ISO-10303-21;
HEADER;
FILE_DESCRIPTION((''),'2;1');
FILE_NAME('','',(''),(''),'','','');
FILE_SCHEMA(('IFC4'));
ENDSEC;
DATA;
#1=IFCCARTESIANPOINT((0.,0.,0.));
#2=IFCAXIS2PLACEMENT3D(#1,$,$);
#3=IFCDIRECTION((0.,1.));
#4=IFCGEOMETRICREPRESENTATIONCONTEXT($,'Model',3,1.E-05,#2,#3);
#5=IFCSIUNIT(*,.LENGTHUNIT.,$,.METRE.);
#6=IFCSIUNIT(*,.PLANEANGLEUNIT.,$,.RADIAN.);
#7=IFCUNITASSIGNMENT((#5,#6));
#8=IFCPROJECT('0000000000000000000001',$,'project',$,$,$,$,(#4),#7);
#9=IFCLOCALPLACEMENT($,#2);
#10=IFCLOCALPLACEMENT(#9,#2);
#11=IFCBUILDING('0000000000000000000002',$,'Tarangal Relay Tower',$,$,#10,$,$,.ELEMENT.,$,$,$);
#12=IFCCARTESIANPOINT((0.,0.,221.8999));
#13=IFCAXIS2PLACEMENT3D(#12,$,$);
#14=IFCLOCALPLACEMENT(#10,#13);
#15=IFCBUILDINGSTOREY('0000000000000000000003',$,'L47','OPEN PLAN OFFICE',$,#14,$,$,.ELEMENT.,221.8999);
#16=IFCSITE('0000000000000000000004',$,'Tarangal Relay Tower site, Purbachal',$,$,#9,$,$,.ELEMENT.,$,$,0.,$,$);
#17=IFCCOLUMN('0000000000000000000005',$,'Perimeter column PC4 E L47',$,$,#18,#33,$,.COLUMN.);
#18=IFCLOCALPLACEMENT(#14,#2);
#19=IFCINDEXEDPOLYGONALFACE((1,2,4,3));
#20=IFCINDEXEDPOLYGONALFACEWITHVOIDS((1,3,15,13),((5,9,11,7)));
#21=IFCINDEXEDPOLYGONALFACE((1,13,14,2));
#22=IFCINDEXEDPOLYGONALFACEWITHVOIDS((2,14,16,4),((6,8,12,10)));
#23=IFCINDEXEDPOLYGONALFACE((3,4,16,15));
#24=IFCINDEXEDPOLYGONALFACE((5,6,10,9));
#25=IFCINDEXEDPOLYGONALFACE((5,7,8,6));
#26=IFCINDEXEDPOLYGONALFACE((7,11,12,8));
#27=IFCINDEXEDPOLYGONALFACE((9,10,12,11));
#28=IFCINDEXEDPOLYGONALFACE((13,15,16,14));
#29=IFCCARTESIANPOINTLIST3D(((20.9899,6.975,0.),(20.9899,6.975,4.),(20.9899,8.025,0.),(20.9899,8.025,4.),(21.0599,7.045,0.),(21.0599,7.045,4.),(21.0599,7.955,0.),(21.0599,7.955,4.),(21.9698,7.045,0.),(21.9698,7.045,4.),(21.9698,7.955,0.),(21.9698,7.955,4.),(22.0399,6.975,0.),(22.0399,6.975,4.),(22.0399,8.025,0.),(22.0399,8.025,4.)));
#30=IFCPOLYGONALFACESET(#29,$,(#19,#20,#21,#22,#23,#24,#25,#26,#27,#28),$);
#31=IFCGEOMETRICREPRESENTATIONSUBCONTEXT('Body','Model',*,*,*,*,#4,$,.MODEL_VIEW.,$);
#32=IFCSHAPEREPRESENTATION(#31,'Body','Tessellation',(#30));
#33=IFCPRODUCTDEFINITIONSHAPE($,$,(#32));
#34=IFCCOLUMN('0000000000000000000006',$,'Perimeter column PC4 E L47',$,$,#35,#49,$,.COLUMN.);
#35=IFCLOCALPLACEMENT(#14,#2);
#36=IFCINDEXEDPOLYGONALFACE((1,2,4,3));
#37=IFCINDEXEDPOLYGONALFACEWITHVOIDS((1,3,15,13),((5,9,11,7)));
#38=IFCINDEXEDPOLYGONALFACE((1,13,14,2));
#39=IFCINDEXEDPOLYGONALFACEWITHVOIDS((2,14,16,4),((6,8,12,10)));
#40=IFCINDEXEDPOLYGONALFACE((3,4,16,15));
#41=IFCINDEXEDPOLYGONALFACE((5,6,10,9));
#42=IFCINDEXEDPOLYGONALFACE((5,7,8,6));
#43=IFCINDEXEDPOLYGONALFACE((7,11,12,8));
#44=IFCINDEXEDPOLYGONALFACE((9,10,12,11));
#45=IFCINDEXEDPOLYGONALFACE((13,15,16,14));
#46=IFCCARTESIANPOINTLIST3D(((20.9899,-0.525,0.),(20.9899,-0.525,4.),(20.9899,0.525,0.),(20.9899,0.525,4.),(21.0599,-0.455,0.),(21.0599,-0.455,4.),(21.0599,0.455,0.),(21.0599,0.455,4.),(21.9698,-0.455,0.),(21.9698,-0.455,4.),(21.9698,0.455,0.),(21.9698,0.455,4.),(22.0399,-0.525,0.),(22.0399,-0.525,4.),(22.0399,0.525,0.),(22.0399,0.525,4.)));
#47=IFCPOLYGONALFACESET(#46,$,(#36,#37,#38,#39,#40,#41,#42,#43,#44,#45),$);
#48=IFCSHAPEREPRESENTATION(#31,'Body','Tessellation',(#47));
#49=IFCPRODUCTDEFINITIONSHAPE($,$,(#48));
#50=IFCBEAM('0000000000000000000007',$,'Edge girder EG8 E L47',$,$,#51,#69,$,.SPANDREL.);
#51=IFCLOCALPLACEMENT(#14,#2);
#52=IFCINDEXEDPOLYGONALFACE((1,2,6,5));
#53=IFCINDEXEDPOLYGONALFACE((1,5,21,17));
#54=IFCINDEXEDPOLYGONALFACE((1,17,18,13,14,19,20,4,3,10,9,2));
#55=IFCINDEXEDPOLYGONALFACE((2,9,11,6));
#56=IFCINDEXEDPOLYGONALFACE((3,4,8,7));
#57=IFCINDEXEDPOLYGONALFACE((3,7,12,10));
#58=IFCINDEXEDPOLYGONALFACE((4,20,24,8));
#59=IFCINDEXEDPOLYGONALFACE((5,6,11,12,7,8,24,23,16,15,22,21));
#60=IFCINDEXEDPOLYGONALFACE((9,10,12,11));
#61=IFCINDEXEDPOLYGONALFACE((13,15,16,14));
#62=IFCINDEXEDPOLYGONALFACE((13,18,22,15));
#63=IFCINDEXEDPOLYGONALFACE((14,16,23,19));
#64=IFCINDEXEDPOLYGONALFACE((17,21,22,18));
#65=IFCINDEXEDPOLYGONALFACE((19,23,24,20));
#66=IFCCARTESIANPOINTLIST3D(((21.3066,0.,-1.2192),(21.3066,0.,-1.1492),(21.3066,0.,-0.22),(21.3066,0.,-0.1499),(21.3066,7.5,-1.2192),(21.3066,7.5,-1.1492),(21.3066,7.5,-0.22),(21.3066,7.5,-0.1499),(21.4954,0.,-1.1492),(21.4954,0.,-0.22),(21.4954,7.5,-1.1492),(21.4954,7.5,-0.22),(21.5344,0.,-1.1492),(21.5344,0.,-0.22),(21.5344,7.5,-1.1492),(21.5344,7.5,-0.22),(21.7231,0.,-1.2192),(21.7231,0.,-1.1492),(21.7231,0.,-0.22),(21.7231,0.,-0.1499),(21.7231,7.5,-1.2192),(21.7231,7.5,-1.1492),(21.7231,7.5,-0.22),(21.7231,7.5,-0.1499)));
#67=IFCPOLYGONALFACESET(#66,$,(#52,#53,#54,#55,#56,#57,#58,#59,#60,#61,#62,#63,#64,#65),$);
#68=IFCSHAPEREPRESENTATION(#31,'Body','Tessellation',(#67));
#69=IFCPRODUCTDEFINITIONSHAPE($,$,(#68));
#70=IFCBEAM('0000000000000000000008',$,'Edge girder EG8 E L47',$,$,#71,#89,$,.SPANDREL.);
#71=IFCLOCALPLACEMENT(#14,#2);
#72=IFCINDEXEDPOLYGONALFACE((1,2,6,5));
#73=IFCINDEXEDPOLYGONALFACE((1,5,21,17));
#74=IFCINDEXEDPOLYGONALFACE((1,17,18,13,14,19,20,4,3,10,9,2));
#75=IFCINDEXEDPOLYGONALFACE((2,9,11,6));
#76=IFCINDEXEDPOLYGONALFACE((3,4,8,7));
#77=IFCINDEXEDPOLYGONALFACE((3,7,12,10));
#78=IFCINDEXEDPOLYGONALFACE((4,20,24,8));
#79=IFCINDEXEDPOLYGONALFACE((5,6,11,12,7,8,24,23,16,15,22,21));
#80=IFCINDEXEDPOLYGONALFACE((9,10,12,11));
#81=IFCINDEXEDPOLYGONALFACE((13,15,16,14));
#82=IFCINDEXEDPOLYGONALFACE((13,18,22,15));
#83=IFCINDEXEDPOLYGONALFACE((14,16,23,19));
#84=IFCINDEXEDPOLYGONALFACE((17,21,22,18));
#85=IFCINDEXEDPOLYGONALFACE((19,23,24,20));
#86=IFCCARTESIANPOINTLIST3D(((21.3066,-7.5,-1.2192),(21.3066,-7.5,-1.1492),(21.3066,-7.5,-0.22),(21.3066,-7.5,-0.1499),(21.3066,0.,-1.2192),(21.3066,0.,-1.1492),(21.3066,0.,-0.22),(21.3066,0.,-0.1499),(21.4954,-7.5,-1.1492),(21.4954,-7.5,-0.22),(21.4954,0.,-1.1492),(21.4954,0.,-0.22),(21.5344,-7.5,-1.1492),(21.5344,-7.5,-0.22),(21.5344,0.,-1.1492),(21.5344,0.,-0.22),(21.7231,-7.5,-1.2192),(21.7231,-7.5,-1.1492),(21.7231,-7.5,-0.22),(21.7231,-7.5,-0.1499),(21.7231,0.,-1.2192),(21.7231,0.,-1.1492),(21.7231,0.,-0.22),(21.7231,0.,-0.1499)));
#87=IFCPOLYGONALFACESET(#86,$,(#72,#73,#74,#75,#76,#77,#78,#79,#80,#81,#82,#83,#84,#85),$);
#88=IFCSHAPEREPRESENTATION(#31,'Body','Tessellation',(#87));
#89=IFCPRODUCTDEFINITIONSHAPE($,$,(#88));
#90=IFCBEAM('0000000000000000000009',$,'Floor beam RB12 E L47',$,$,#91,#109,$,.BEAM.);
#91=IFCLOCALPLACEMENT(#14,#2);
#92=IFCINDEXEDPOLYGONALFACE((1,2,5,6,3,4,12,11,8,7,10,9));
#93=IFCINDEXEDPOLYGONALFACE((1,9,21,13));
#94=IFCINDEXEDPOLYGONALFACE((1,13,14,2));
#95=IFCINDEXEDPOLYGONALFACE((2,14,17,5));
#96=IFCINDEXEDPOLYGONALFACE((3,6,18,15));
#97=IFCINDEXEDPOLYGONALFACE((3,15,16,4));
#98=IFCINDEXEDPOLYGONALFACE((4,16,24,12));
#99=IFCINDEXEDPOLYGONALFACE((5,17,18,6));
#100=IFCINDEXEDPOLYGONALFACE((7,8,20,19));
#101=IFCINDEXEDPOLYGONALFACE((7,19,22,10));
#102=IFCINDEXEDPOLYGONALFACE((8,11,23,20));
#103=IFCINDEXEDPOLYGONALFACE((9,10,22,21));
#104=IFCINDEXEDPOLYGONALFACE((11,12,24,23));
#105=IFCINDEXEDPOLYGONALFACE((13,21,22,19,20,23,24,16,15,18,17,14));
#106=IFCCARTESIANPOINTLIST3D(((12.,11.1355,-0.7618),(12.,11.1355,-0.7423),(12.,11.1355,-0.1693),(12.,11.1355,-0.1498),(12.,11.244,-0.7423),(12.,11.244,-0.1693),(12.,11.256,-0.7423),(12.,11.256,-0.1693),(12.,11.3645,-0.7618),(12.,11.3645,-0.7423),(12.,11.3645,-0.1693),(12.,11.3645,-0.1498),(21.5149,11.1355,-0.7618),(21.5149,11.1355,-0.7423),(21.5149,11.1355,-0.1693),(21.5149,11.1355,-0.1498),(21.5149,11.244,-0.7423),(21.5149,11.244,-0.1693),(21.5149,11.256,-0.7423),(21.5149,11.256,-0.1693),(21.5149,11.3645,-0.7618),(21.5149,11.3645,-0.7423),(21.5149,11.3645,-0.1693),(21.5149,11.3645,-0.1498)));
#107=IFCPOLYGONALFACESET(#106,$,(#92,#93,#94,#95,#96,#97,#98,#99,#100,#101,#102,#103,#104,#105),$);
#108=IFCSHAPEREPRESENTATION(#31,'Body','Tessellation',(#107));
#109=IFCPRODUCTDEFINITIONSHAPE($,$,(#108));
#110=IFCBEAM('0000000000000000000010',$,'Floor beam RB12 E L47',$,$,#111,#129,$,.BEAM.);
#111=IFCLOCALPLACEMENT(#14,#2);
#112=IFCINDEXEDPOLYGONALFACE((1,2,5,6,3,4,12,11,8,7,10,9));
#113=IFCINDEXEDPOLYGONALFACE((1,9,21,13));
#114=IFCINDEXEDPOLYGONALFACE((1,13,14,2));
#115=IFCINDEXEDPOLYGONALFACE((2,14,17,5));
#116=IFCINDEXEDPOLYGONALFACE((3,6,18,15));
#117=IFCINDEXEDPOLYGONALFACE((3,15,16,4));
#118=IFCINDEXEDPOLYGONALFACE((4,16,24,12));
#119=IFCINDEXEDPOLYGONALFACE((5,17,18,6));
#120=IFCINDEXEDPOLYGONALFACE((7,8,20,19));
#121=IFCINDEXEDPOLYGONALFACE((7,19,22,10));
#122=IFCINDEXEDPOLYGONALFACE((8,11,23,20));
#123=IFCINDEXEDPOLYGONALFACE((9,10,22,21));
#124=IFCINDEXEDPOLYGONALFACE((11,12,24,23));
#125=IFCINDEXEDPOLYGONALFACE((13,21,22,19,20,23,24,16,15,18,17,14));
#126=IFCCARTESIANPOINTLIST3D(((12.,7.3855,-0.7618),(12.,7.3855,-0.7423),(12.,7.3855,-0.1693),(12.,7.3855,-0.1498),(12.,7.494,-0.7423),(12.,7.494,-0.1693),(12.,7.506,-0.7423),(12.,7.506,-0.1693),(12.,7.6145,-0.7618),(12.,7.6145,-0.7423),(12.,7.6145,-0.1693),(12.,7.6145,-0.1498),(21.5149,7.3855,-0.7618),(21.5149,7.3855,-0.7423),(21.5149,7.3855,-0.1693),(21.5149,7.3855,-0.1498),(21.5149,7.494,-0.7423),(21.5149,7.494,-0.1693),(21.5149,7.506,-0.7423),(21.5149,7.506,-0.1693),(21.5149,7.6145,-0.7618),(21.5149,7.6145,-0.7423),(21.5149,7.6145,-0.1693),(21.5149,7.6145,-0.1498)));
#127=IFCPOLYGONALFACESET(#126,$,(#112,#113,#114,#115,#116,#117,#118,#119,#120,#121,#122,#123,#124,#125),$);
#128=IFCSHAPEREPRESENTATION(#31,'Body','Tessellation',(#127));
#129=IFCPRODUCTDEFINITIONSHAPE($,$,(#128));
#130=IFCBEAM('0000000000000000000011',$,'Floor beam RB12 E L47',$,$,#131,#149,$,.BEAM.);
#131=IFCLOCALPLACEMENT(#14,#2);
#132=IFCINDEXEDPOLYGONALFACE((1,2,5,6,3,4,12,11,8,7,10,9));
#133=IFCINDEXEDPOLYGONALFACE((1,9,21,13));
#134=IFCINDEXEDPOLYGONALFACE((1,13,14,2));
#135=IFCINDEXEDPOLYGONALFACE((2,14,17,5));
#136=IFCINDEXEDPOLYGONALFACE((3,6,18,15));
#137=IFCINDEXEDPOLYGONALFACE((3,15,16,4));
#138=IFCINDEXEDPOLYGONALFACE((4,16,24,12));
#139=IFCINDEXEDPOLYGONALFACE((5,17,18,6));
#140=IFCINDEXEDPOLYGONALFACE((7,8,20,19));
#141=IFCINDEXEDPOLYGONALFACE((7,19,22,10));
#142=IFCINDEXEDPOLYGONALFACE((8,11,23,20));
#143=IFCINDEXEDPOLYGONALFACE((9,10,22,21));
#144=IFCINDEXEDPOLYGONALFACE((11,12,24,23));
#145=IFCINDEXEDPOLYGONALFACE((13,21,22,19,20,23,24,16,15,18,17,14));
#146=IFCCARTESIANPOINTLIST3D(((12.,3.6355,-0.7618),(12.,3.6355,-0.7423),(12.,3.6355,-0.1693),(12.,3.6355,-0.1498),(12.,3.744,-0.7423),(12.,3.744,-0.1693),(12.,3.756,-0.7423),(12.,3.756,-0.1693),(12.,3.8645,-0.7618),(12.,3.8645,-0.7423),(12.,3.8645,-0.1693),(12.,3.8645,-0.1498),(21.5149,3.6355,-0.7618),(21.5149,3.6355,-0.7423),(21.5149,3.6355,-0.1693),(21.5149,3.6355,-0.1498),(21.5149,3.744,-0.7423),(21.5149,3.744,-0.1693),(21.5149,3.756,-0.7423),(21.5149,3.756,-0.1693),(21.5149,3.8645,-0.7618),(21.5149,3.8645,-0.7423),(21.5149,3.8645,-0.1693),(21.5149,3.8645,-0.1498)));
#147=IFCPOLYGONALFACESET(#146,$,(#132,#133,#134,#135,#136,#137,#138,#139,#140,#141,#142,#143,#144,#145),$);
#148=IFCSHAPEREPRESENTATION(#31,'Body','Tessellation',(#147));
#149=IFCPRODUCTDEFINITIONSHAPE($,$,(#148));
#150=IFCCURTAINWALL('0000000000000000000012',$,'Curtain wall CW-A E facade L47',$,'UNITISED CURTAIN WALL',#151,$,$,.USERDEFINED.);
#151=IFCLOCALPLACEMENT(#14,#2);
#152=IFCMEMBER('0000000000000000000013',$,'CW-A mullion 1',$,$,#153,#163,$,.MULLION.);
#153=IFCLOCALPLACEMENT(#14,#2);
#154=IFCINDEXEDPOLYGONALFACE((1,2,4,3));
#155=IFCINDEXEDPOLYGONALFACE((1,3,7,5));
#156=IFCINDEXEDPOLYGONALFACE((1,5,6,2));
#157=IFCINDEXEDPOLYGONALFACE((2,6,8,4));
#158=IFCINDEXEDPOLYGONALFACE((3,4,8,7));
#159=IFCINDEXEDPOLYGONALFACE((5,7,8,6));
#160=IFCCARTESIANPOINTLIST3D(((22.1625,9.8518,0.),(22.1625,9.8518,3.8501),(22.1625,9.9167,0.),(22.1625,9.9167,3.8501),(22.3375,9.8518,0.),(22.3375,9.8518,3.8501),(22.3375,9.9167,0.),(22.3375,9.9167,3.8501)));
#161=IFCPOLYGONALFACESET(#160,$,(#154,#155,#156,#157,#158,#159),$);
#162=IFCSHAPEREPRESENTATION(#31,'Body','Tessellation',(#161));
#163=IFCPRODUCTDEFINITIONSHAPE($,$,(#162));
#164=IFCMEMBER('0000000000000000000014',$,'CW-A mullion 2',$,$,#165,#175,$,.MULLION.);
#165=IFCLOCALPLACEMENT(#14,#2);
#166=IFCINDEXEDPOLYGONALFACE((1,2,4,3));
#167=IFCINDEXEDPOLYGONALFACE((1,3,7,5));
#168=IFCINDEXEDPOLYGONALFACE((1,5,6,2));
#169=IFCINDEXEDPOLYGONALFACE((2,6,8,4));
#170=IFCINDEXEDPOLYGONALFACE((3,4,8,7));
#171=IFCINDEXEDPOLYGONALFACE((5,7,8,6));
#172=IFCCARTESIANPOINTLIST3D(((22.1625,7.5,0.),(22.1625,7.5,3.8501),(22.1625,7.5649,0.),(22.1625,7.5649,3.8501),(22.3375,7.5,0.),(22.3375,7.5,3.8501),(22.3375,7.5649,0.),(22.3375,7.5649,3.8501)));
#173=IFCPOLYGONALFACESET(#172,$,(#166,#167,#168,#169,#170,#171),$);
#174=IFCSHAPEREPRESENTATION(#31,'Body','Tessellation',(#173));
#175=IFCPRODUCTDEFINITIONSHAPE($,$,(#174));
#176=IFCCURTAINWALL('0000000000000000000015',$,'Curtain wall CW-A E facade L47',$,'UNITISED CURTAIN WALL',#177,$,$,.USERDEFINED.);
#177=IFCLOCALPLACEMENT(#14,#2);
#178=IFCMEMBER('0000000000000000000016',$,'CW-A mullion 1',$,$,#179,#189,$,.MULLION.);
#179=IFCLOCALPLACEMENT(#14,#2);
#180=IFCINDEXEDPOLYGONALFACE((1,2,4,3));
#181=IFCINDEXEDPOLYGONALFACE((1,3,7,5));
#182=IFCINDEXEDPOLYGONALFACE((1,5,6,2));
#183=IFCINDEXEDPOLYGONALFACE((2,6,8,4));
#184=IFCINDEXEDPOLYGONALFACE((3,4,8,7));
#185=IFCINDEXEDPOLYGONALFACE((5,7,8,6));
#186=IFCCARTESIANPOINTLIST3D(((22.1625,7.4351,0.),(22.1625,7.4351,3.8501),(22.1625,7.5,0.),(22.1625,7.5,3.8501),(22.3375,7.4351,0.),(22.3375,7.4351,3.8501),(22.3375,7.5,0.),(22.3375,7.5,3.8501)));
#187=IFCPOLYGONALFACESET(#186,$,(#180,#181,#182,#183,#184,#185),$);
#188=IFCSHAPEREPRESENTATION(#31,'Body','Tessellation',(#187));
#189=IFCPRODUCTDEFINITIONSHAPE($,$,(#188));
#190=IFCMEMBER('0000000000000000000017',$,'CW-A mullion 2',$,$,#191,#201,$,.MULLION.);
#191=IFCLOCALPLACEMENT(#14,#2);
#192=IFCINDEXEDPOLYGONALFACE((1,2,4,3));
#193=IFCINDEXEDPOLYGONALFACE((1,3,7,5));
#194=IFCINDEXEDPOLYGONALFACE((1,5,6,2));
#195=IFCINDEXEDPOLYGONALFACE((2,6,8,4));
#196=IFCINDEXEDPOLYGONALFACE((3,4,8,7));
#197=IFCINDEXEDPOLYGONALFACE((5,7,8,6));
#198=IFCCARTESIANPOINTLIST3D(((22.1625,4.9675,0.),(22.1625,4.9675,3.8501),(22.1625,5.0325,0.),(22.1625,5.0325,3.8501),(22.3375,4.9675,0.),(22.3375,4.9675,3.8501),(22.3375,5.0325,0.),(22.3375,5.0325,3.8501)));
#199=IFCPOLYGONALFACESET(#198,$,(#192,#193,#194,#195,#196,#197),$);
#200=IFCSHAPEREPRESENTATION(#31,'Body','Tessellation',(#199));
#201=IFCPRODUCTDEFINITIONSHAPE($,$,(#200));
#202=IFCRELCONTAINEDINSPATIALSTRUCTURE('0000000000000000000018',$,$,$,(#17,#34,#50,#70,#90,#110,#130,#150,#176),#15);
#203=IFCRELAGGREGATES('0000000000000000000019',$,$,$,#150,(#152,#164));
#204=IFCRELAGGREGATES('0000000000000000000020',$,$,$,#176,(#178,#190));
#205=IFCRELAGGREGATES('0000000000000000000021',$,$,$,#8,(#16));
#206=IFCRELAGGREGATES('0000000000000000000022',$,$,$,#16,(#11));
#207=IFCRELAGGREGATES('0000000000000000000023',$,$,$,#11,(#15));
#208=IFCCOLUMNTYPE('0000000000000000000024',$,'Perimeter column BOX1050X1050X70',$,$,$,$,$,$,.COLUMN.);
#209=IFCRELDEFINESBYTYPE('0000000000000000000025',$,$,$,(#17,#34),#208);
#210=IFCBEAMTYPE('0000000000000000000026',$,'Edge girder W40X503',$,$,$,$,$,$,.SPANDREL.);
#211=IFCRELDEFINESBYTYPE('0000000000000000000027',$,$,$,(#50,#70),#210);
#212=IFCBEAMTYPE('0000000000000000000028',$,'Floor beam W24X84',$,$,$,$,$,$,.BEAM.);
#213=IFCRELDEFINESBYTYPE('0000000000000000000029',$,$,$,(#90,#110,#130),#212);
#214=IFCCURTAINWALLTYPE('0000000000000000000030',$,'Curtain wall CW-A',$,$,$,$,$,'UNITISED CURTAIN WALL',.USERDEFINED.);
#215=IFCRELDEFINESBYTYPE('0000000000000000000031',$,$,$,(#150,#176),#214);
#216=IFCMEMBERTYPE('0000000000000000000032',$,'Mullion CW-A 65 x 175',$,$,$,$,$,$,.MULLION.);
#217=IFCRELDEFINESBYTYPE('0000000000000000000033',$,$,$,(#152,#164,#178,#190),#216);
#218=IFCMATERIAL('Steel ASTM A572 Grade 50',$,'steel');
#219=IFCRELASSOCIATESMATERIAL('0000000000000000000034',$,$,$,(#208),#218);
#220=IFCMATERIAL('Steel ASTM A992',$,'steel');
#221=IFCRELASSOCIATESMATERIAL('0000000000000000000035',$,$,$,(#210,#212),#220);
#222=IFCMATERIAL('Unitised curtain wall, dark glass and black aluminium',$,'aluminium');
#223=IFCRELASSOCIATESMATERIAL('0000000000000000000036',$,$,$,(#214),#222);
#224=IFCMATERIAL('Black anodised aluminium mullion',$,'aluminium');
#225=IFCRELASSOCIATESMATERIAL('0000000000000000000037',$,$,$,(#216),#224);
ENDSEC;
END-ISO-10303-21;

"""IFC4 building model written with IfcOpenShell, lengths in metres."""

from ifc_helpers import new_model, si_unit, direction, frame, origin, origin_2d, place, context, subcontext, project, spatial, rectangle, hollow_rectangle, i_section, extrude, material, material_profile, profile_set, type_object, element, aggregate, save


model = new_model("IFC4")

# Units and contexts
model_context = context("Model", 3, precision=1e-05, world=origin(), true_north=direction((0.0, 1.0)))
body_context = subcontext(model_context, "Body", "Model", "MODEL_VIEW")
ifc_project = project(units=[si_unit("LENGTHUNIT", "METRE"), si_unit("PLANEANGLEUNIT", "RADIAN")], contexts=[model_context])

# Site, building, storey
site_placement = place(None, origin())
site = spatial("IfcSite", under=ifc_project, at=site_placement, Name="Tarangal Relay Tower site, Purbachal", CompositionType="ELEMENT", RefElevation=0.0)
building_placement = place(site_placement, origin())
building = spatial("IfcBuilding", under=site, at=building_placement, Name="Tarangal Relay Tower", CompositionType="ELEMENT")
storey_placement = place(building_placement, frame((0.0, 0.0, 221.8999)))
storey = spatial("IfcBuildingStorey", under=building, at=storey_placement, Name="L47", Description="OPEN PLAN OFFICE", CompositionType="ELEMENT", Elevation=221.8999)

# Columns
ifc_material_1 = material(Name="Steel ASTM A572 Grade 50", Category="steel")
ifc_material_profile_1 = material_profile(ifc_material_1, hollow_rectangle(XDim=1.05, YDim=1.05, WallThickness=0.0701, at=origin_2d()), Name="BOX1050X1050X70")
ifc_profile_set_1 = profile_set([ifc_material_profile_1], Name="Steel ASTM A572 Grade 50")
column_type = type_object("IfcColumnType", Name="Perimeter column BOX1050X1050X70", PredefinedType="COLUMN", material=ifc_profile_set_1)
for number, where, z_axis, x_axis, name in (
    (1, (21.5149, 7.5, 0.0), (0.0, 0.0, 1.0), (1.0, 0.0, 0.0), "Perimeter column PC4 E L47"),
    (2, (21.5149, 0.0, 0.0), (0.0, 0.0, 1.0), (1.0, 0.0, 0.0), "Perimeter column PC4 E L47"),
):
    element("IfcColumn", number, at=place(storey_placement, frame(where, z_axis=z_axis, x_axis=x_axis)), inside=storey, type_object=column_type, Name=name, PredefinedType="COLUMN", context=body_context, shape_type="SweptSolid", body=[
        extrude(hollow_rectangle(XDim=1.05, YDim=1.05, WallThickness=0.0701, at=origin_2d()), origin(), (0.0, 0.0, 1.0), 4.0),
    ])

# Beams
ifc_material_2 = material(Name="Steel ASTM A992", Category="steel")
ifc_material_profile_2 = material_profile(ifc_material_2, i_section(OverallWidth=0.4165, OverallDepth=1.0693, WebThickness=0.0391, FlangeThickness=0.0701, at=origin_2d()), Name="W40X503")
ifc_profile_set_2 = profile_set([ifc_material_profile_2], Name="Steel ASTM A992")
beam_type_1 = type_object("IfcBeamType", Name="Edge girder W40X503", PredefinedType="SPANDREL", material=ifc_profile_set_2)
for number, where, z_axis, x_axis, name in (
    (3, (21.5149, 7.5, -0.6846), (0.0, -1.0, 0.0), (1.0, 0.0, 0.0), "Edge girder EG8 E L47"),
    (4, (21.5149, 0.0, -0.6846), (0.0, -1.0, 0.0), (1.0, 0.0, 0.0), "Edge girder EG8 E L47"),
):
    element("IfcBeam", number, at=place(storey_placement, frame(where, z_axis=z_axis, x_axis=x_axis)), inside=storey, type_object=beam_type_1, Name=name, PredefinedType="SPANDREL", context=body_context, shape_type="SweptSolid", body=[
        extrude(i_section(OverallWidth=0.4165, OverallDepth=1.0693, WebThickness=0.0391, FlangeThickness=0.0701, at=origin_2d()), origin(), (0.0, 0.0, 1.0), 7.5),
    ])
ifc_material_profile_3 = material_profile(ifc_material_2, i_section(OverallWidth=0.229, OverallDepth=0.6121, WebThickness=0.012, FlangeThickness=0.0195, at=origin_2d()), Name="W24X84")
ifc_profile_set_3 = profile_set([ifc_material_profile_3], Name="Steel ASTM A992")
beam_type_2 = type_object("IfcBeamType", Name="Floor beam W24X84", PredefinedType="BEAM", material=ifc_profile_set_3)
for number, where, z_axis, x_axis, name in (
    (5, (12.0, 11.25, -0.4558), (1.0, 0.0, 0.0), (0.0, 1.0, 0.0), "Floor beam RB12 E L47"),
    (6, (12.0, 7.5, -0.4558), (1.0, 0.0, 0.0), (0.0, 1.0, 0.0), "Floor beam RB12 E L47"),
    (7, (12.0, 3.75, -0.4558), (1.0, 0.0, 0.0), (0.0, 1.0, 0.0), "Floor beam RB12 E L47"),
):
    element("IfcBeam", number, at=place(storey_placement, frame(where, z_axis=z_axis, x_axis=x_axis)), inside=storey, type_object=beam_type_2, Name=name, PredefinedType="BEAM", context=body_context, shape_type="SweptSolid", body=[
        extrude(i_section(OverallWidth=0.229, OverallDepth=0.6121, WebThickness=0.012, FlangeThickness=0.0195, at=origin_2d()), origin(), (0.0, 0.0, 1.0), 9.5149),
    ])

# Curtain walls, members
ifc_material_3 = material(Name="Unitised curtain wall, dark glass and black aluminium", Category="aluminium")
curtain_wall_type_1 = type_object("IfcCurtainWallType", Name="Curtain wall CW-A", ElementType="UNITISED CURTAIN WALL", PredefinedType="USERDEFINED", material=ifc_material_3)
curtain_wall_1_placement = place(storey_placement, origin())
curtain_wall_1 = element("IfcCurtainWall", 8, at=curtain_wall_1_placement, inside=storey, type_object=curtain_wall_type_1, Name="Curtain wall CW-A E facade L47", ObjectType="UNITISED CURTAIN WALL", PredefinedType="USERDEFINED")
ifc_material_4 = material(Name="Black anodised aluminium mullion", Category="aluminium")
ifc_material_profile_4 = material_profile(ifc_material_4, rectangle(XDim=0.175, YDim=0.0649, at=origin_2d()), Name="CW-AM 65X175")
ifc_profile_set_4 = profile_set([ifc_material_profile_4], Name="Black anodised aluminium mullion")
member_type_1 = type_object("IfcMemberType", Name="Mullion CW-A 65 x 175", PredefinedType="MULLION", material=ifc_profile_set_4)
member_1_placement = place(storey_placement, frame((22.25, 9.8843, 0.0), z_axis=(0.0, 0.0, 1.0), x_axis=(1.0, 0.0, 0.0)))
member_1 = element("IfcMember", 9, at=member_1_placement, type_object=member_type_1, Name="CW-A mullion 1", PredefinedType="MULLION", context=body_context, shape_type="SweptSolid", body=[
    extrude(rectangle(XDim=0.175, YDim=0.0649, at=origin_2d()), origin(), (0.0, 0.0, 1.0), 3.8501),
])
member_2_placement = place(storey_placement, frame((22.25, 7.5325, 0.0), z_axis=(0.0, 0.0, 1.0), x_axis=(1.0, 0.0, 0.0)))
member_2 = element("IfcMember", 10, at=member_2_placement, type_object=member_type_1, Name="CW-A mullion 2", PredefinedType="MULLION", context=body_context, shape_type="SweptSolid", body=[
    extrude(rectangle(XDim=0.175, YDim=0.0649, at=origin_2d()), origin(), (0.0, 0.0, 1.0), 3.8501),
])
curtain_wall_2_placement = place(storey_placement, origin())
curtain_wall_2 = element("IfcCurtainWall", 11, at=curtain_wall_2_placement, inside=storey, type_object=curtain_wall_type_1, Name="Curtain wall CW-A E facade L47", ObjectType="UNITISED CURTAIN WALL", PredefinedType="USERDEFINED")
member_3_placement = place(storey_placement, frame((22.25, 7.4675, 0.0), z_axis=(0.0, 0.0, 1.0), x_axis=(1.0, 0.0, 0.0)))
member_3 = element("IfcMember", 12, at=member_3_placement, type_object=member_type_1, Name="CW-A mullion 1", PredefinedType="MULLION", context=body_context, shape_type="SweptSolid", body=[
    extrude(rectangle(XDim=0.175, YDim=0.0649, at=origin_2d()), origin(), (0.0, 0.0, 1.0), 3.8501),
])
member_4_placement = place(storey_placement, frame((22.25, 5.0, 0.0), z_axis=(0.0, 0.0, 1.0), x_axis=(1.0, 0.0, 0.0)))
member_4 = element("IfcMember", 13, at=member_4_placement, type_object=member_type_1, Name="CW-A mullion 2", PredefinedType="MULLION", context=body_context, shape_type="SweptSolid", body=[
    extrude(rectangle(XDim=0.175, YDim=0.0649, at=origin_2d()), origin(), (0.0, 0.0, 1.0), 3.8501),
])

aggregate(curtain_wall_1, [member_1, member_2])
aggregate(curtain_wall_2, [member_3, member_4])

save(model, "model.ifc")
